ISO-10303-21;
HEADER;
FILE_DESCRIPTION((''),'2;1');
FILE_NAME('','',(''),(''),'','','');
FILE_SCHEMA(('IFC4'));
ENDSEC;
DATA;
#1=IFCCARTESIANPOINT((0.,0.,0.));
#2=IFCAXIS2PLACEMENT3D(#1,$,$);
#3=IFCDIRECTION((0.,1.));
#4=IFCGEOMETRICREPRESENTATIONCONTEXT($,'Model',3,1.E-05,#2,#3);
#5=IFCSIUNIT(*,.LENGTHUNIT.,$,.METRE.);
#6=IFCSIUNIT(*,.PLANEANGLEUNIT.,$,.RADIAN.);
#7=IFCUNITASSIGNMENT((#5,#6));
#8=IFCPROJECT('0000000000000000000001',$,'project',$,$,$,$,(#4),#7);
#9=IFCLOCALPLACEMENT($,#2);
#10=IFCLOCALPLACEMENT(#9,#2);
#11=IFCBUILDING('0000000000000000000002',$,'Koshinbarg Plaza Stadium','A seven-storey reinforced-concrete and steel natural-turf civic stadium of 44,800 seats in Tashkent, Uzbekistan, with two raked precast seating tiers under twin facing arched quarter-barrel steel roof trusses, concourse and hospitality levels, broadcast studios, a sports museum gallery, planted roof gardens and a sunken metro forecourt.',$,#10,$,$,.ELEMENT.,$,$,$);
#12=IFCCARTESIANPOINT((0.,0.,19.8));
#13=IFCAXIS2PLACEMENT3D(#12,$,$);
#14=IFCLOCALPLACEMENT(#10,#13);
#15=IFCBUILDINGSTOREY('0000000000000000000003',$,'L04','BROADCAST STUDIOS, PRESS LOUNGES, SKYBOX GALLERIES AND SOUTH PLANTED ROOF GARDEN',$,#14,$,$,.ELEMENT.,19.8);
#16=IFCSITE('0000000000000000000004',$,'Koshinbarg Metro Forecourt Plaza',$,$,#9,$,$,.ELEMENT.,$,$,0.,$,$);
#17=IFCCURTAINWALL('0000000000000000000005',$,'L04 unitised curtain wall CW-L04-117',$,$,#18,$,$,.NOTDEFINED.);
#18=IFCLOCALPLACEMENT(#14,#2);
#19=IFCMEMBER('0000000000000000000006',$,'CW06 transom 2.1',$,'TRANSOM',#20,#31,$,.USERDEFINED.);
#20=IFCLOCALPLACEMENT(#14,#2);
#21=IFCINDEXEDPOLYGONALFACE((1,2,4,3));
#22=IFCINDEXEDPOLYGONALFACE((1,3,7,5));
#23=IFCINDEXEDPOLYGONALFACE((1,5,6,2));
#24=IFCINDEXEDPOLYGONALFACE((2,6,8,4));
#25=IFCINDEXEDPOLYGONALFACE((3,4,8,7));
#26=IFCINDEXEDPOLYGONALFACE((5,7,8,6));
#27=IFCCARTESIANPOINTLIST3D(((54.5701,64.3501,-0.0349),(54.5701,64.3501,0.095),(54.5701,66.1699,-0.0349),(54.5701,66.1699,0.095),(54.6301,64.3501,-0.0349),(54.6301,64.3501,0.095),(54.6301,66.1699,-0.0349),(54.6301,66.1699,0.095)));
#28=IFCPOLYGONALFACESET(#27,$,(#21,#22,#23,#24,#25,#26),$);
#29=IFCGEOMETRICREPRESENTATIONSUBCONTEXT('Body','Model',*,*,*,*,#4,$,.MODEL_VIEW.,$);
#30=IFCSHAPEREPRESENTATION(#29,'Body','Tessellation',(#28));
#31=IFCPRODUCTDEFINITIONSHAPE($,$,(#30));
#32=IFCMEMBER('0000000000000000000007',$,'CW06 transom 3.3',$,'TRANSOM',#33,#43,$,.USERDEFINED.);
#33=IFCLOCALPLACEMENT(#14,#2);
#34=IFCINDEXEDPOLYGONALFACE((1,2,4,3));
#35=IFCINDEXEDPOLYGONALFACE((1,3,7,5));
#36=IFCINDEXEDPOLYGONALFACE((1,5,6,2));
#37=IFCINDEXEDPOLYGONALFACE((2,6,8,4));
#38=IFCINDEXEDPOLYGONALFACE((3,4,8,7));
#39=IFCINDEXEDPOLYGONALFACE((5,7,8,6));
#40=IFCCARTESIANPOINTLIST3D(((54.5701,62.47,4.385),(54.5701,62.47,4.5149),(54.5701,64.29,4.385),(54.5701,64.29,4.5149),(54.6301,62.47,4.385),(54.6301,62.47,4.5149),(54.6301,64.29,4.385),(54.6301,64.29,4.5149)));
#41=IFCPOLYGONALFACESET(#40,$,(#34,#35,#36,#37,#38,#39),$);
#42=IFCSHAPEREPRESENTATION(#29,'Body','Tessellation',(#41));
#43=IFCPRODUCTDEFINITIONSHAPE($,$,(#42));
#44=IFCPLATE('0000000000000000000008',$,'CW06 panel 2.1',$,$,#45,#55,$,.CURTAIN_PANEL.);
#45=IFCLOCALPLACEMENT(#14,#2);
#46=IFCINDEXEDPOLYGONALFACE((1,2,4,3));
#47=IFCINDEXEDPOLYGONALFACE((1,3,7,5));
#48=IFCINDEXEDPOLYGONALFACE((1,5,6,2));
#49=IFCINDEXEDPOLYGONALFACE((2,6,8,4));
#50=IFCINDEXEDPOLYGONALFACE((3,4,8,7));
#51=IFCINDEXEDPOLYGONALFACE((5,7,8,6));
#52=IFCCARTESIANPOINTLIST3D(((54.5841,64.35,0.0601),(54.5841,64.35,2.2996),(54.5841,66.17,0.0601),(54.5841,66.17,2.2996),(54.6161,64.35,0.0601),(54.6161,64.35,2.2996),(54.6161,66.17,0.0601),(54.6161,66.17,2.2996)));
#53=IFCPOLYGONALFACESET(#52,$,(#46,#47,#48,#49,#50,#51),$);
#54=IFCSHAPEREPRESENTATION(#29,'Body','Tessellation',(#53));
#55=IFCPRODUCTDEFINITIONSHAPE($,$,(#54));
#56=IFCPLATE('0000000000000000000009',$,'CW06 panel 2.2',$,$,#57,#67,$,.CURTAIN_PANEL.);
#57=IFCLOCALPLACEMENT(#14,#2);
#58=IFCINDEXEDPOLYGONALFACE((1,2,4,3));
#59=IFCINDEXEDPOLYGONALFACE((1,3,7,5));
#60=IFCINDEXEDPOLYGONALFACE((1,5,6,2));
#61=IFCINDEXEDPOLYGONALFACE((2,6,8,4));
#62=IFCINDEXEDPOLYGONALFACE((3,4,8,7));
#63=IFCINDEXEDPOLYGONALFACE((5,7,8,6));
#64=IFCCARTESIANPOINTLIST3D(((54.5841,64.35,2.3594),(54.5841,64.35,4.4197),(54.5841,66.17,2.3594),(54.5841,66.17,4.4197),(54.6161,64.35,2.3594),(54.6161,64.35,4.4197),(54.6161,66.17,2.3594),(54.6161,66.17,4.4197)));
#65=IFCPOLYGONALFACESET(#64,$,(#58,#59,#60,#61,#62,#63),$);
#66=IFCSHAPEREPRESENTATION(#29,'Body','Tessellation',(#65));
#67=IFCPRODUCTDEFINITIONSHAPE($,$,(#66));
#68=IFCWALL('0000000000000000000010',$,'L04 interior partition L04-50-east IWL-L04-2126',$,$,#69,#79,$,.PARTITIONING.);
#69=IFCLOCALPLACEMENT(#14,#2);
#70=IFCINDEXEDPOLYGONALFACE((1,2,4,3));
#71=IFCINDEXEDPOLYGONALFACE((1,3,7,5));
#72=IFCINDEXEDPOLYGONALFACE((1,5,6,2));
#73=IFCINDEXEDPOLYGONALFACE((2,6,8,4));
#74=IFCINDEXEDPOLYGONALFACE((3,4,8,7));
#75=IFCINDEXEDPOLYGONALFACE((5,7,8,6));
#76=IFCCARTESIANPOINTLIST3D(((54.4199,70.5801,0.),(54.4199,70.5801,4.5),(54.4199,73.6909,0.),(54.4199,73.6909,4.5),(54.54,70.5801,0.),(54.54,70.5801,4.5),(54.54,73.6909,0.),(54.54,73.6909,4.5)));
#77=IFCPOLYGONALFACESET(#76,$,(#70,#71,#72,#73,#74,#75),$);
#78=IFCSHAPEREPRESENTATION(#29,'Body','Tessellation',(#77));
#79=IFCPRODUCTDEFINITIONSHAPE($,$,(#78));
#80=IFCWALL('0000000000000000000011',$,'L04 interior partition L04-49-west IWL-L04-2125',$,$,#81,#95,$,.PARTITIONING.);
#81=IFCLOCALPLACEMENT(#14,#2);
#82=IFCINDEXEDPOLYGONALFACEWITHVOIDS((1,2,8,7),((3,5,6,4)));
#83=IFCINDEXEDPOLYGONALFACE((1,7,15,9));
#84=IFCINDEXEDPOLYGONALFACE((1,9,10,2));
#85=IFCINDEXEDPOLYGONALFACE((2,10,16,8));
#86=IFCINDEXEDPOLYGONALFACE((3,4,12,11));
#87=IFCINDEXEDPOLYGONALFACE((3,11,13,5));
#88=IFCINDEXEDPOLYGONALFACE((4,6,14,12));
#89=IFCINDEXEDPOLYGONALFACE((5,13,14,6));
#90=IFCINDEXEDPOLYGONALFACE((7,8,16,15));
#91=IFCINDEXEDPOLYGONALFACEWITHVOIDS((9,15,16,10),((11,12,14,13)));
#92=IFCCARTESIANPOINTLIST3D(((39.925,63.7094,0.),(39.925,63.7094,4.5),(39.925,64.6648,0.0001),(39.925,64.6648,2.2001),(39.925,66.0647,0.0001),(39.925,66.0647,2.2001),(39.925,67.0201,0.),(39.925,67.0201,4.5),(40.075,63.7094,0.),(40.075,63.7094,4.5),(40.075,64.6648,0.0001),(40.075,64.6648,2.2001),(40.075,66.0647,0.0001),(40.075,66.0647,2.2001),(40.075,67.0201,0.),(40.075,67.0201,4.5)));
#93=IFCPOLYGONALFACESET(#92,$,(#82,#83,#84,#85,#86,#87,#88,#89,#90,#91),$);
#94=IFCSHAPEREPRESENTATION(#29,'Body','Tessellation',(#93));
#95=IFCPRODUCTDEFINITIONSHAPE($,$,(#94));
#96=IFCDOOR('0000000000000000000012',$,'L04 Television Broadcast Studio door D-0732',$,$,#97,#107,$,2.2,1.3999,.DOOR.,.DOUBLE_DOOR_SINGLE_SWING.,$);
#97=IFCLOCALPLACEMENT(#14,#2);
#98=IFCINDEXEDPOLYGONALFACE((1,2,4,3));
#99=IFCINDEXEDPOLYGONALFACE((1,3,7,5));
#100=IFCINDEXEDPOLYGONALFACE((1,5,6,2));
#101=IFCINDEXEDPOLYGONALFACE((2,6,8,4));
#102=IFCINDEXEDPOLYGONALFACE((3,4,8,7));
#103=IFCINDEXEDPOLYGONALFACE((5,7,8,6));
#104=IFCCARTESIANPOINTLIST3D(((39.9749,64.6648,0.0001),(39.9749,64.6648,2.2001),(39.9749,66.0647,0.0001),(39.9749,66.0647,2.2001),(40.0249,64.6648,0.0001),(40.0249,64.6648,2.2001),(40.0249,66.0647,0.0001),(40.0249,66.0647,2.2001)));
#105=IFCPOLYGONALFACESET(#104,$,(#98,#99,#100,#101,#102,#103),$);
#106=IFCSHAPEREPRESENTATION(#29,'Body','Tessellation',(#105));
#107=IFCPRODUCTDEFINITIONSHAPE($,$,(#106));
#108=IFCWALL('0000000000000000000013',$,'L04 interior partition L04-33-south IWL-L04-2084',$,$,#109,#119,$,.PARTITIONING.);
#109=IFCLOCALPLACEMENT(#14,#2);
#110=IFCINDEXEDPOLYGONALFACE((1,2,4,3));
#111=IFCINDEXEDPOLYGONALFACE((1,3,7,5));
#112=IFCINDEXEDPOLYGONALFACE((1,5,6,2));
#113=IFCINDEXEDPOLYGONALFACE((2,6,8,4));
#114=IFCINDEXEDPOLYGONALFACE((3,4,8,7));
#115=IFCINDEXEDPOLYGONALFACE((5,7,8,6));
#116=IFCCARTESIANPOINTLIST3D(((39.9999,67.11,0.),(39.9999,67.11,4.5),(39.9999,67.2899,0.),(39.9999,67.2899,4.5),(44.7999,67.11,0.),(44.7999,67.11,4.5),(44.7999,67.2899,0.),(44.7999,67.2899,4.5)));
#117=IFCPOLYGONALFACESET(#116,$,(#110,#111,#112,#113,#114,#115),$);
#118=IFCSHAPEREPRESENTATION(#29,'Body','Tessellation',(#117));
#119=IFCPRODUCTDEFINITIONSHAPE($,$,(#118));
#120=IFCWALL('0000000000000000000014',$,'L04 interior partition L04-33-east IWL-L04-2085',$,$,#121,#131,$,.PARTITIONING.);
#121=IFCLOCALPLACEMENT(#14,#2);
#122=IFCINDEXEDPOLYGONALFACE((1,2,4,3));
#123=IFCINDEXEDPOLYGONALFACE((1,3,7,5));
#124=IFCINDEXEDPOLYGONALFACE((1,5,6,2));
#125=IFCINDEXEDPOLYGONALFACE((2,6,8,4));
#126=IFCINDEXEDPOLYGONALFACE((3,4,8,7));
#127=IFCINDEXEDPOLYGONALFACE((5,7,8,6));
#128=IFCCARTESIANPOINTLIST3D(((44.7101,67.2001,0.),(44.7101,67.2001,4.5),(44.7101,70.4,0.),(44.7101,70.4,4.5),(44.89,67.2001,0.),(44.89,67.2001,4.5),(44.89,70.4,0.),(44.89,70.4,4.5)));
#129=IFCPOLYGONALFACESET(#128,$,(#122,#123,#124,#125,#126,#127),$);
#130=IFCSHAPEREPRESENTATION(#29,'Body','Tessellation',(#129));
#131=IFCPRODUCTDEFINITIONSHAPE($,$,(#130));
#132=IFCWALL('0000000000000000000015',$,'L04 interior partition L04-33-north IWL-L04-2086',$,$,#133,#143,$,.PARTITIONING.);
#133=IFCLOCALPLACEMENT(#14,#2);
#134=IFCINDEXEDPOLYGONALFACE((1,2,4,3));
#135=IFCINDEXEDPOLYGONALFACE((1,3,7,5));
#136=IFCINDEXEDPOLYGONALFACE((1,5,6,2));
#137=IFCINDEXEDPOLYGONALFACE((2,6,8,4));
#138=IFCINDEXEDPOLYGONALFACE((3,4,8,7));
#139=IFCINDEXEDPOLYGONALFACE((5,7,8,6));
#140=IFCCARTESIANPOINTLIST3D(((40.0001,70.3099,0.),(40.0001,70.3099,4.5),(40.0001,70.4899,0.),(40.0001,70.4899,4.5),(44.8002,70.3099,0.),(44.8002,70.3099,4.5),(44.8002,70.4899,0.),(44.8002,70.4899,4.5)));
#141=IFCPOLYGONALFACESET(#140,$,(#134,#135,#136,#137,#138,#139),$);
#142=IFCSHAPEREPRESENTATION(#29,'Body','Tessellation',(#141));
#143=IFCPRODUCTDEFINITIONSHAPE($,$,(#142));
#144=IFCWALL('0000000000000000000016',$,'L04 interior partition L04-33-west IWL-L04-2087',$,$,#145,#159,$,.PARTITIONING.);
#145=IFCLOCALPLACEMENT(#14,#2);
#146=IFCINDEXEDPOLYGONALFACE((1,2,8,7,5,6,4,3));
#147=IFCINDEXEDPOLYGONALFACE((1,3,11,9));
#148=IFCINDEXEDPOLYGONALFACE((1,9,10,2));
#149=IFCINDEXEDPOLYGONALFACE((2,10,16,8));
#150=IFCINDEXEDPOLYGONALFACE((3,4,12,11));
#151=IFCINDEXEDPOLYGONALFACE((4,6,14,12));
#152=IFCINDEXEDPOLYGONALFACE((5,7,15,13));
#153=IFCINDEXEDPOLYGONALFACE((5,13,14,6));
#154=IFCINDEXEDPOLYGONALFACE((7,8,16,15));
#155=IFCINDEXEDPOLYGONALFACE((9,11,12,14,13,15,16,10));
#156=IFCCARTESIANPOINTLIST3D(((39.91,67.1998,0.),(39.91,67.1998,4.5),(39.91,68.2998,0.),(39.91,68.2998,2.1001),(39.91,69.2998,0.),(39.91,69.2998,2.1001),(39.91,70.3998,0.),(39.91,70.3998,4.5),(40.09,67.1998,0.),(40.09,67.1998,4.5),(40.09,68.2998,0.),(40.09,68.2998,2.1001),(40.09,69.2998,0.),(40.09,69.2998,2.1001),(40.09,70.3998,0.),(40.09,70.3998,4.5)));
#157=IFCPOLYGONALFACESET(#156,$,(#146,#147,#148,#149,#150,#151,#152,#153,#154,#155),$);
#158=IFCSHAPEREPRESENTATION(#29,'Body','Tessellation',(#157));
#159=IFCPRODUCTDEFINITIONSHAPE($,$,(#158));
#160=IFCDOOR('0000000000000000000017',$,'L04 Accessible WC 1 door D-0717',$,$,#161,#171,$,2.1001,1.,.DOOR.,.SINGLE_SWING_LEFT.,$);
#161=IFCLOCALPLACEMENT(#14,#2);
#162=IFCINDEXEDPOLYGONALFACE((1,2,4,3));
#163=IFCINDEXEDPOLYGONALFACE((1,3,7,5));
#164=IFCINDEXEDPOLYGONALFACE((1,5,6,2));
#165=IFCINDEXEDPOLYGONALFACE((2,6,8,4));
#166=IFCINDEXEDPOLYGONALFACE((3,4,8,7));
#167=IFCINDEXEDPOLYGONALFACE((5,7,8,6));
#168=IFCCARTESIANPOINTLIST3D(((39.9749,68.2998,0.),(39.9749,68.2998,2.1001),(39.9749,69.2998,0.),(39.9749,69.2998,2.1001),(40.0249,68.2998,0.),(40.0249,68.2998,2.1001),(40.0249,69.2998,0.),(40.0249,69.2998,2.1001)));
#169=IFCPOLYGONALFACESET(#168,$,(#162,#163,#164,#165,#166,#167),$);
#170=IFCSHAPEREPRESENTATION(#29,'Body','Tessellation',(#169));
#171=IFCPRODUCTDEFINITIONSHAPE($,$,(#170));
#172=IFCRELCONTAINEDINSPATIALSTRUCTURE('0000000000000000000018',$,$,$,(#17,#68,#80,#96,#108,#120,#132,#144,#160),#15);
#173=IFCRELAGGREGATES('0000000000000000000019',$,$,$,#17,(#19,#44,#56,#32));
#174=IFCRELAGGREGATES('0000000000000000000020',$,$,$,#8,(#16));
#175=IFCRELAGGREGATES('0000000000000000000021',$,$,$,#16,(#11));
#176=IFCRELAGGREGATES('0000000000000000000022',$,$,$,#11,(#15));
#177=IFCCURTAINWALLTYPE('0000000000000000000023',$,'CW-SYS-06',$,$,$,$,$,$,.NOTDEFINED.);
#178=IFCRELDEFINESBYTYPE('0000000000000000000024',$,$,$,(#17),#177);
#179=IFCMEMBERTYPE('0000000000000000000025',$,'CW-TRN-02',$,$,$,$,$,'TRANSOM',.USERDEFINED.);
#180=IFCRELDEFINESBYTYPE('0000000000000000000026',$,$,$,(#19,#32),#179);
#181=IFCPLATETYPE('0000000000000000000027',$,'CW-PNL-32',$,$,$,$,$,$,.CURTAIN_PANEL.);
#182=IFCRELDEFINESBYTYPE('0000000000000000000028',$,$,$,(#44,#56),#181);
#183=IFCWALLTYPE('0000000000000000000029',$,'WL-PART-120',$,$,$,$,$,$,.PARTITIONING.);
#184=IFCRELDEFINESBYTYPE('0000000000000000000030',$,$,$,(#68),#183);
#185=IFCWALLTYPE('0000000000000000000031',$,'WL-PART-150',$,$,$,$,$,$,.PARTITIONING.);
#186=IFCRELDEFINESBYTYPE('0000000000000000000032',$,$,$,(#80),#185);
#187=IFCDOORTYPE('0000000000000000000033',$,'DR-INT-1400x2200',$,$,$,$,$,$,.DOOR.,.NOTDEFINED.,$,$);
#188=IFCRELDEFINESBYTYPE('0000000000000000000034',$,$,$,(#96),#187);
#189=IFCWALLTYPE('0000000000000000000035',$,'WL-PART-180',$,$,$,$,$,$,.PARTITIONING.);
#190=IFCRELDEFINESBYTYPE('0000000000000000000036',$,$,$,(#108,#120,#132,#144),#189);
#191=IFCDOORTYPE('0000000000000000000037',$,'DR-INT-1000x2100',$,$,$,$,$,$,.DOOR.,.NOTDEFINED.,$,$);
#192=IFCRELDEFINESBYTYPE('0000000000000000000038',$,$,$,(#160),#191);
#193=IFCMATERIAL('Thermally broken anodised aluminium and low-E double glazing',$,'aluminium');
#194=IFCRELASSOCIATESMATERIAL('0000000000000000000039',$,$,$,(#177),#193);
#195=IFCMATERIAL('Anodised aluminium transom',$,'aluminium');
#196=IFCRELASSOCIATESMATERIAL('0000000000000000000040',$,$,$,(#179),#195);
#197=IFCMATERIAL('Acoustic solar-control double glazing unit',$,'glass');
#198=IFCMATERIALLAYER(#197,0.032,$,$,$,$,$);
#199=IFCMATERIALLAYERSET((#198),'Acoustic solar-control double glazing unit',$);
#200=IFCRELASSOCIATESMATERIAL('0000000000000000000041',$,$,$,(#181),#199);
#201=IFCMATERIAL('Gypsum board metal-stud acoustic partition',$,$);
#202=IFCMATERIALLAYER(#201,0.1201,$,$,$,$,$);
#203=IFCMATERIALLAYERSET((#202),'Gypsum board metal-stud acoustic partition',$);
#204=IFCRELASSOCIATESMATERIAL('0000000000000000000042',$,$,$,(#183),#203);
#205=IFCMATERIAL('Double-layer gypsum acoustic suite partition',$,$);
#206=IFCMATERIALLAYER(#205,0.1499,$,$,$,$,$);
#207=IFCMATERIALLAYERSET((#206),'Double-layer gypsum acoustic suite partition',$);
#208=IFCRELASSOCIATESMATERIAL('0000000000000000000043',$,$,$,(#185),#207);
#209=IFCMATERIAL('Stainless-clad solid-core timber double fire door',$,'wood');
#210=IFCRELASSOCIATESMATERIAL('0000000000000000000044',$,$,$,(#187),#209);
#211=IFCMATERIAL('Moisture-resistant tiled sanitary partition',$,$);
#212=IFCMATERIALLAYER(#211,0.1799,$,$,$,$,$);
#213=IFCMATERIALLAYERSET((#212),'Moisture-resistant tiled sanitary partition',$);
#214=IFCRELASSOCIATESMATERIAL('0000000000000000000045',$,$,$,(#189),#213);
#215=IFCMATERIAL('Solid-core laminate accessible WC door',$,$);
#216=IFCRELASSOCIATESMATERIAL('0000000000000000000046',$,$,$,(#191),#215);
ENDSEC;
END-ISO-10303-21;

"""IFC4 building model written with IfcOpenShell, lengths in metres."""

from ifc_helpers import new_model, si_unit, direction, frame, frame_2d, origin, origin_2d, place, context, subcontext, project, spatial, rectangle, extrude, material, layer, layer_set, material_profile, profile_set, type_object, element, fill, aggregate, save


model = new_model("IFC4")

# Units and contexts
model_context = context("Model", 3, precision=1e-05, world=origin(), true_north=direction((0.0, 1.0)))
body_context = subcontext(model_context, "Body", "Model", "MODEL_VIEW")
ifc_project = project(units=[si_unit("LENGTHUNIT", "METRE"), si_unit("PLANEANGLEUNIT", "RADIAN")], contexts=[model_context])

# Site, building, storey
site_placement = place(None, origin())
site = spatial("IfcSite", under=ifc_project, at=site_placement, Name="Koshinbarg Metro Forecourt Plaza", CompositionType="ELEMENT", RefElevation=0.0)
building_placement = place(site_placement, origin())
building = spatial("IfcBuilding", under=site, at=building_placement, Name="Koshinbarg Plaza Stadium", Description="A seven-storey reinforced-concrete and steel natural-turf civic stadium of 44,800 seats in Tashkent, Uzbekistan, with two raked precast seating tiers under twin facing arched quarter-barrel steel roof trusses, concourse and hospitality levels, broadcast studios, a sports museum gallery, planted roof gardens and a sunken metro forecourt.", CompositionType="ELEMENT")
storey_placement = place(building_placement, frame((0.0, 0.0, 19.8)))
storey = spatial("IfcBuildingStorey", under=building, at=storey_placement, Name="L04", Description="BROADCAST STUDIOS, PRESS LOUNGES, SKYBOX GALLERIES AND SOUTH PLANTED ROOF GARDEN", CompositionType="ELEMENT", Elevation=19.8)

# Curtain wall, members, plates
ifc_material_1 = material(Name="Thermally broken anodised aluminium and low-E double glazing", Category="aluminium")
curtain_wall_type = type_object("IfcCurtainWallType", Name="CW-SYS-06", PredefinedType="NOTDEFINED", material=ifc_material_1)
curtain_wall_placement = place(storey_placement, origin())
curtain_wall = element("IfcCurtainWall", 1, at=curtain_wall_placement, inside=storey, type_object=curtain_wall_type, Name="L04 unitised curtain wall CW-L04-117", PredefinedType="NOTDEFINED")
ifc_material_2 = material(Name="Anodised aluminium transom", Category="aluminium")
ifc_material_profile_1 = material_profile(ifc_material_2, rectangle(XDim=0.0601, YDim=0.1299, at=origin_2d()), Name="ALU 60x130")
ifc_profile_set_1 = profile_set([ifc_material_profile_1], Name="Anodised aluminium transom")
member_type_1 = type_object("IfcMemberType", Name="CW-TRN-02", ElementType="TRANSOM", PredefinedType="USERDEFINED", material=ifc_profile_set_1)
member_1_placement = place(storey_placement, frame((54.6001, 66.1699, 0.03), z_axis=(0.0, -1.0, 0.0), x_axis=(1.0, 0.0, 0.0)))
member_1 = element("IfcMember", 2, at=member_1_placement, type_object=member_type_1, Name="CW06 transom 2.1", ObjectType="TRANSOM", PredefinedType="USERDEFINED", context=body_context, shape_type="SweptSolid", body=[
    extrude(rectangle(XDim=0.0601, YDim=0.1299, at=origin_2d()), origin(), (0.0, 0.0, 1.0), 1.8198),
])
member_2_placement = place(storey_placement, frame((54.6001, 64.29, 4.45), z_axis=(0.0, -1.0, 0.0), x_axis=(1.0, 0.0, 0.0)))
member_2 = element("IfcMember", 3, at=member_2_placement, type_object=member_type_1, Name="CW06 transom 3.3", ObjectType="TRANSOM", PredefinedType="USERDEFINED", context=body_context, shape_type="SweptSolid", body=[
    extrude(rectangle(XDim=0.0601, YDim=0.1299, at=origin_2d()), origin(), (0.0, 0.0, 1.0), 1.8201),
])
ifc_material_3 = material(Name="Acoustic solar-control double glazing unit", Category="glass")
ifc_layer_1 = layer(ifc_material_3, 0.032)
ifc_layer_set_1 = layer_set([ifc_layer_1], Name="Acoustic solar-control double glazing unit")
plate_type = type_object("IfcPlateType", Name="CW-PNL-32", PredefinedType="CURTAIN_PANEL", material=ifc_layer_set_1)
plate_1_placement = place(storey_placement, frame((54.6001, 65.26, 0.0601), z_axis=(0.0, 0.0, 1.0), x_axis=(0.0, -1.0, 0.0)))
plate_1 = element("IfcPlate", 4, at=plate_1_placement, type_object=plate_type, Name="CW06 panel 2.1", PredefinedType="CURTAIN_PANEL", context=body_context, shape_type="SweptSolid", body=[
    extrude(rectangle(XDim=1.8201, YDim=0.032, at=origin_2d()), origin(), (0.0, 0.0, 1.0), 2.2395),
])
plate_2_placement = place(storey_placement, frame((54.6001, 65.26, 2.3594), z_axis=(0.0, 0.0, 1.0), x_axis=(0.0, -1.0, 0.0)))
plate_2 = element("IfcPlate", 5, at=plate_2_placement, type_object=plate_type, Name="CW06 panel 2.2", PredefinedType="CURTAIN_PANEL", context=body_context, shape_type="SweptSolid", body=[
    extrude(rectangle(XDim=1.8201, YDim=0.032, at=origin_2d()), origin(), (0.0, 0.0, 1.0), 2.0603),
])
aggregate(curtain_wall, [member_1, plate_1, plate_2, member_2])

# Shared definitions
ifc_material_4 = material(Name="Gypsum board metal-stud acoustic partition")
ifc_layer_2 = layer(ifc_material_4, 0.1201)
ifc_layer_set_2 = layer_set([ifc_layer_2], Name="Gypsum board metal-stud acoustic partition")
wall_type_1 = type_object("IfcWallType", Name="WL-PART-120", PredefinedType="PARTITIONING", material=ifc_layer_set_2)

# Wall
wall_1_placement = place(storey_placement, frame((54.48, 70.5801, 0.0), z_axis=(0.0, 0.0, 1.0), x_axis=(0.0, 1.0, 0.0)))
element("IfcWall", 6, at=wall_1_placement, inside=storey, type_object=wall_type_1, Name="L04 interior partition L04-50-east IWL-L04-2126", PredefinedType="PARTITIONING", context=body_context, shape_type="SweptSolid", body=[
    extrude(rectangle(XDim=3.1108, YDim=0.1201, at=frame_2d((1.5554, 0.0))), origin(), (0.0, 0.0, 1.0), 4.5),
])

# Wall, opening, door
ifc_material_5 = material(Name="Double-layer gypsum acoustic suite partition")
ifc_layer_3 = layer(ifc_material_5, 0.1499)
ifc_layer_set_3 = layer_set([ifc_layer_3], Name="Double-layer gypsum acoustic suite partition")
wall_type_2 = type_object("IfcWallType", Name="WL-PART-150", PredefinedType="PARTITIONING", material=ifc_layer_set_3)
wall_2_placement = place(storey_placement, frame((40.0, 67.02, 0.0), z_axis=(0.0, 0.0, 1.0), x_axis=(0.0, -1.0, 0.0)))
wall_2 = element("IfcWall", 7, at=wall_2_placement, inside=storey, type_object=wall_type_2, Name="L04 interior partition L04-49-west IWL-L04-2125", PredefinedType="PARTITIONING", context=body_context, shape_type="SweptSolid", body=[
    extrude(rectangle(XDim=3.3108, YDim=0.1499, at=frame_2d((1.6553, 0.0))), origin(), (0.0, 0.0, 1.0), 4.5),
])
opening_1_placement = place(wall_2_placement, frame((0.9553, 0.0, 0.0)))
opening_1 = element("IfcOpeningElement", 8, at=opening_1_placement, cuts=wall_2, PredefinedType="OPENING", context=body_context, shape_type="SweptSolid", body=[
    extrude(rectangle(XDim=1.3999, YDim=2.2, at=frame_2d((0.7, 1.1001))), frame((0.0, 0.085, 0.0), z_axis=(0.0, -1.0, 0.0), x_axis=(1.0, 0.0, 0.0)), (0.0, 0.0, 1.0), 0.1699),
])
ifc_material_6 = material(Name="Stainless-clad solid-core timber double fire door", Category="wood")
door_type_1 = type_object("IfcDoorType", Name="DR-INT-1400x2200", OperationType="NOTDEFINED", PredefinedType="DOOR", material=ifc_material_6)
door_1_placement = place(opening_1_placement, origin())
door_1 = element("IfcDoor", 9, at=door_1_placement, inside=storey, type_object=door_type_1, Name="L04 Television Broadcast Studio door D-0732", OperationType="DOUBLE_DOOR_SINGLE_SWING", OverallHeight=2.2, OverallWidth=1.3999, PredefinedType="DOOR", context=body_context, shape_type="SweptSolid", body=[
    extrude(rectangle(XDim=1.3999, YDim=2.2, at=frame_2d((0.7, 1.1001))), frame((0.0, 0.0249, 0.0), z_axis=(0.0, -1.0, 0.0), x_axis=(1.0, 0.0, 0.0)), (0.0, 0.0, 1.0), 0.05),
])
fill(opening_1, door_1)

# Walls
ifc_material_7 = material(Name="Moisture-resistant tiled sanitary partition")
ifc_layer_4 = layer(ifc_material_7, 0.1799)
ifc_layer_set_4 = layer_set([ifc_layer_4], Name="Moisture-resistant tiled sanitary partition")
wall_type_3 = type_object("IfcWallType", Name="WL-PART-180", PredefinedType="PARTITIONING", material=ifc_layer_set_4)
wall_3_placement = place(storey_placement, frame((40.0, 67.2, 0.0), z_axis=(0.0, 0.0, 1.0), x_axis=(1.0, 0.0, 0.0)))
element("IfcWall", 10, at=wall_3_placement, inside=storey, type_object=wall_type_3, Name="L04 interior partition L04-33-south IWL-L04-2084", PredefinedType="PARTITIONING", context=body_context, shape_type="SweptSolid", body=[
    extrude(rectangle(XDim=4.8, YDim=0.1799, at=frame_2d((2.3999, 0.0))), origin(), (0.0, 0.0, 1.0), 4.5),
])
wall_4_placement = place(storey_placement, frame((44.8, 67.2, 0.0), z_axis=(0.0, 0.0, 1.0), x_axis=(0.0, 1.0, 0.0)))
element("IfcWall", 11, at=wall_4_placement, inside=storey, type_object=wall_type_3, Name="L04 interior partition L04-33-east IWL-L04-2085", PredefinedType="PARTITIONING", context=body_context, shape_type="SweptSolid", body=[
    extrude(rectangle(XDim=3.2, YDim=0.1799, at=frame_2d((1.6001, 0.0))), origin(), (0.0, 0.0, 1.0), 4.5),
])
wall_5_placement = place(storey_placement, frame((44.8, 70.3999, 0.0), z_axis=(0.0, 0.0, 1.0), x_axis=(-1.0, 0.0, 0.0)))
element("IfcWall", 12, at=wall_5_placement, inside=storey, type_object=wall_type_3, Name="L04 interior partition L04-33-north IWL-L04-2086", PredefinedType="PARTITIONING", context=body_context, shape_type="SweptSolid", body=[
    extrude(rectangle(XDim=4.8, YDim=0.1799, at=frame_2d((2.3999, 0.0))), origin(), (0.0, 0.0, 1.0), 4.5),
])

# Wall, opening, door
wall_6_placement = place(storey_placement, frame((40.0, 70.3999, 0.0), z_axis=(0.0, 0.0, 1.0), x_axis=(0.0, -1.0, 0.0)))
wall_6 = element("IfcWall", 13, at=wall_6_placement, inside=storey, type_object=wall_type_3, Name="L04 interior partition L04-33-west IWL-L04-2087", PredefinedType="PARTITIONING", context=body_context, shape_type="SweptSolid", body=[
    extrude(rectangle(XDim=3.2, YDim=0.1799, at=frame_2d((1.6001, 0.0))), origin(), (0.0, 0.0, 1.0), 4.5),
])
opening_2_placement = place(wall_6_placement, frame((1.1001, 0.0, 0.0)))
opening_2 = element("IfcOpeningElement", 14, at=opening_2_placement, cuts=wall_6, PredefinedType="OPENING", context=body_context, shape_type="SweptSolid", body=[
    extrude(rectangle(XDim=1.0, YDim=2.1001, at=frame_2d((0.5, 1.05))), frame((0.0, 0.0999, 0.0), z_axis=(0.0, -1.0, 0.0), x_axis=(1.0, 0.0, 0.0)), (0.0, 0.0, 1.0), 0.2),
])
ifc_material_8 = material(Name="Solid-core laminate accessible WC door")
door_type_2 = type_object("IfcDoorType", Name="DR-INT-1000x2100", OperationType="NOTDEFINED", PredefinedType="DOOR", material=ifc_material_8)
door_2_placement = place(opening_2_placement, origin())
door_2 = element("IfcDoor", 15, at=door_2_placement, inside=storey, type_object=door_type_2, Name="L04 Accessible WC 1 door D-0717", OperationType="SINGLE_SWING_LEFT", OverallHeight=2.1001, OverallWidth=1.0, PredefinedType="DOOR", context=body_context, shape_type="SweptSolid", body=[
    extrude(rectangle(XDim=1.0, YDim=2.1001, at=frame_2d((0.5, 1.05))), frame((0.0, 0.0249, 0.0), z_axis=(0.0, -1.0, 0.0), x_axis=(1.0, 0.0, 0.0)), (0.0, 0.0, 1.0), 0.05),
])
fill(opening_2, door_2)

save(model, "model.ifc")
